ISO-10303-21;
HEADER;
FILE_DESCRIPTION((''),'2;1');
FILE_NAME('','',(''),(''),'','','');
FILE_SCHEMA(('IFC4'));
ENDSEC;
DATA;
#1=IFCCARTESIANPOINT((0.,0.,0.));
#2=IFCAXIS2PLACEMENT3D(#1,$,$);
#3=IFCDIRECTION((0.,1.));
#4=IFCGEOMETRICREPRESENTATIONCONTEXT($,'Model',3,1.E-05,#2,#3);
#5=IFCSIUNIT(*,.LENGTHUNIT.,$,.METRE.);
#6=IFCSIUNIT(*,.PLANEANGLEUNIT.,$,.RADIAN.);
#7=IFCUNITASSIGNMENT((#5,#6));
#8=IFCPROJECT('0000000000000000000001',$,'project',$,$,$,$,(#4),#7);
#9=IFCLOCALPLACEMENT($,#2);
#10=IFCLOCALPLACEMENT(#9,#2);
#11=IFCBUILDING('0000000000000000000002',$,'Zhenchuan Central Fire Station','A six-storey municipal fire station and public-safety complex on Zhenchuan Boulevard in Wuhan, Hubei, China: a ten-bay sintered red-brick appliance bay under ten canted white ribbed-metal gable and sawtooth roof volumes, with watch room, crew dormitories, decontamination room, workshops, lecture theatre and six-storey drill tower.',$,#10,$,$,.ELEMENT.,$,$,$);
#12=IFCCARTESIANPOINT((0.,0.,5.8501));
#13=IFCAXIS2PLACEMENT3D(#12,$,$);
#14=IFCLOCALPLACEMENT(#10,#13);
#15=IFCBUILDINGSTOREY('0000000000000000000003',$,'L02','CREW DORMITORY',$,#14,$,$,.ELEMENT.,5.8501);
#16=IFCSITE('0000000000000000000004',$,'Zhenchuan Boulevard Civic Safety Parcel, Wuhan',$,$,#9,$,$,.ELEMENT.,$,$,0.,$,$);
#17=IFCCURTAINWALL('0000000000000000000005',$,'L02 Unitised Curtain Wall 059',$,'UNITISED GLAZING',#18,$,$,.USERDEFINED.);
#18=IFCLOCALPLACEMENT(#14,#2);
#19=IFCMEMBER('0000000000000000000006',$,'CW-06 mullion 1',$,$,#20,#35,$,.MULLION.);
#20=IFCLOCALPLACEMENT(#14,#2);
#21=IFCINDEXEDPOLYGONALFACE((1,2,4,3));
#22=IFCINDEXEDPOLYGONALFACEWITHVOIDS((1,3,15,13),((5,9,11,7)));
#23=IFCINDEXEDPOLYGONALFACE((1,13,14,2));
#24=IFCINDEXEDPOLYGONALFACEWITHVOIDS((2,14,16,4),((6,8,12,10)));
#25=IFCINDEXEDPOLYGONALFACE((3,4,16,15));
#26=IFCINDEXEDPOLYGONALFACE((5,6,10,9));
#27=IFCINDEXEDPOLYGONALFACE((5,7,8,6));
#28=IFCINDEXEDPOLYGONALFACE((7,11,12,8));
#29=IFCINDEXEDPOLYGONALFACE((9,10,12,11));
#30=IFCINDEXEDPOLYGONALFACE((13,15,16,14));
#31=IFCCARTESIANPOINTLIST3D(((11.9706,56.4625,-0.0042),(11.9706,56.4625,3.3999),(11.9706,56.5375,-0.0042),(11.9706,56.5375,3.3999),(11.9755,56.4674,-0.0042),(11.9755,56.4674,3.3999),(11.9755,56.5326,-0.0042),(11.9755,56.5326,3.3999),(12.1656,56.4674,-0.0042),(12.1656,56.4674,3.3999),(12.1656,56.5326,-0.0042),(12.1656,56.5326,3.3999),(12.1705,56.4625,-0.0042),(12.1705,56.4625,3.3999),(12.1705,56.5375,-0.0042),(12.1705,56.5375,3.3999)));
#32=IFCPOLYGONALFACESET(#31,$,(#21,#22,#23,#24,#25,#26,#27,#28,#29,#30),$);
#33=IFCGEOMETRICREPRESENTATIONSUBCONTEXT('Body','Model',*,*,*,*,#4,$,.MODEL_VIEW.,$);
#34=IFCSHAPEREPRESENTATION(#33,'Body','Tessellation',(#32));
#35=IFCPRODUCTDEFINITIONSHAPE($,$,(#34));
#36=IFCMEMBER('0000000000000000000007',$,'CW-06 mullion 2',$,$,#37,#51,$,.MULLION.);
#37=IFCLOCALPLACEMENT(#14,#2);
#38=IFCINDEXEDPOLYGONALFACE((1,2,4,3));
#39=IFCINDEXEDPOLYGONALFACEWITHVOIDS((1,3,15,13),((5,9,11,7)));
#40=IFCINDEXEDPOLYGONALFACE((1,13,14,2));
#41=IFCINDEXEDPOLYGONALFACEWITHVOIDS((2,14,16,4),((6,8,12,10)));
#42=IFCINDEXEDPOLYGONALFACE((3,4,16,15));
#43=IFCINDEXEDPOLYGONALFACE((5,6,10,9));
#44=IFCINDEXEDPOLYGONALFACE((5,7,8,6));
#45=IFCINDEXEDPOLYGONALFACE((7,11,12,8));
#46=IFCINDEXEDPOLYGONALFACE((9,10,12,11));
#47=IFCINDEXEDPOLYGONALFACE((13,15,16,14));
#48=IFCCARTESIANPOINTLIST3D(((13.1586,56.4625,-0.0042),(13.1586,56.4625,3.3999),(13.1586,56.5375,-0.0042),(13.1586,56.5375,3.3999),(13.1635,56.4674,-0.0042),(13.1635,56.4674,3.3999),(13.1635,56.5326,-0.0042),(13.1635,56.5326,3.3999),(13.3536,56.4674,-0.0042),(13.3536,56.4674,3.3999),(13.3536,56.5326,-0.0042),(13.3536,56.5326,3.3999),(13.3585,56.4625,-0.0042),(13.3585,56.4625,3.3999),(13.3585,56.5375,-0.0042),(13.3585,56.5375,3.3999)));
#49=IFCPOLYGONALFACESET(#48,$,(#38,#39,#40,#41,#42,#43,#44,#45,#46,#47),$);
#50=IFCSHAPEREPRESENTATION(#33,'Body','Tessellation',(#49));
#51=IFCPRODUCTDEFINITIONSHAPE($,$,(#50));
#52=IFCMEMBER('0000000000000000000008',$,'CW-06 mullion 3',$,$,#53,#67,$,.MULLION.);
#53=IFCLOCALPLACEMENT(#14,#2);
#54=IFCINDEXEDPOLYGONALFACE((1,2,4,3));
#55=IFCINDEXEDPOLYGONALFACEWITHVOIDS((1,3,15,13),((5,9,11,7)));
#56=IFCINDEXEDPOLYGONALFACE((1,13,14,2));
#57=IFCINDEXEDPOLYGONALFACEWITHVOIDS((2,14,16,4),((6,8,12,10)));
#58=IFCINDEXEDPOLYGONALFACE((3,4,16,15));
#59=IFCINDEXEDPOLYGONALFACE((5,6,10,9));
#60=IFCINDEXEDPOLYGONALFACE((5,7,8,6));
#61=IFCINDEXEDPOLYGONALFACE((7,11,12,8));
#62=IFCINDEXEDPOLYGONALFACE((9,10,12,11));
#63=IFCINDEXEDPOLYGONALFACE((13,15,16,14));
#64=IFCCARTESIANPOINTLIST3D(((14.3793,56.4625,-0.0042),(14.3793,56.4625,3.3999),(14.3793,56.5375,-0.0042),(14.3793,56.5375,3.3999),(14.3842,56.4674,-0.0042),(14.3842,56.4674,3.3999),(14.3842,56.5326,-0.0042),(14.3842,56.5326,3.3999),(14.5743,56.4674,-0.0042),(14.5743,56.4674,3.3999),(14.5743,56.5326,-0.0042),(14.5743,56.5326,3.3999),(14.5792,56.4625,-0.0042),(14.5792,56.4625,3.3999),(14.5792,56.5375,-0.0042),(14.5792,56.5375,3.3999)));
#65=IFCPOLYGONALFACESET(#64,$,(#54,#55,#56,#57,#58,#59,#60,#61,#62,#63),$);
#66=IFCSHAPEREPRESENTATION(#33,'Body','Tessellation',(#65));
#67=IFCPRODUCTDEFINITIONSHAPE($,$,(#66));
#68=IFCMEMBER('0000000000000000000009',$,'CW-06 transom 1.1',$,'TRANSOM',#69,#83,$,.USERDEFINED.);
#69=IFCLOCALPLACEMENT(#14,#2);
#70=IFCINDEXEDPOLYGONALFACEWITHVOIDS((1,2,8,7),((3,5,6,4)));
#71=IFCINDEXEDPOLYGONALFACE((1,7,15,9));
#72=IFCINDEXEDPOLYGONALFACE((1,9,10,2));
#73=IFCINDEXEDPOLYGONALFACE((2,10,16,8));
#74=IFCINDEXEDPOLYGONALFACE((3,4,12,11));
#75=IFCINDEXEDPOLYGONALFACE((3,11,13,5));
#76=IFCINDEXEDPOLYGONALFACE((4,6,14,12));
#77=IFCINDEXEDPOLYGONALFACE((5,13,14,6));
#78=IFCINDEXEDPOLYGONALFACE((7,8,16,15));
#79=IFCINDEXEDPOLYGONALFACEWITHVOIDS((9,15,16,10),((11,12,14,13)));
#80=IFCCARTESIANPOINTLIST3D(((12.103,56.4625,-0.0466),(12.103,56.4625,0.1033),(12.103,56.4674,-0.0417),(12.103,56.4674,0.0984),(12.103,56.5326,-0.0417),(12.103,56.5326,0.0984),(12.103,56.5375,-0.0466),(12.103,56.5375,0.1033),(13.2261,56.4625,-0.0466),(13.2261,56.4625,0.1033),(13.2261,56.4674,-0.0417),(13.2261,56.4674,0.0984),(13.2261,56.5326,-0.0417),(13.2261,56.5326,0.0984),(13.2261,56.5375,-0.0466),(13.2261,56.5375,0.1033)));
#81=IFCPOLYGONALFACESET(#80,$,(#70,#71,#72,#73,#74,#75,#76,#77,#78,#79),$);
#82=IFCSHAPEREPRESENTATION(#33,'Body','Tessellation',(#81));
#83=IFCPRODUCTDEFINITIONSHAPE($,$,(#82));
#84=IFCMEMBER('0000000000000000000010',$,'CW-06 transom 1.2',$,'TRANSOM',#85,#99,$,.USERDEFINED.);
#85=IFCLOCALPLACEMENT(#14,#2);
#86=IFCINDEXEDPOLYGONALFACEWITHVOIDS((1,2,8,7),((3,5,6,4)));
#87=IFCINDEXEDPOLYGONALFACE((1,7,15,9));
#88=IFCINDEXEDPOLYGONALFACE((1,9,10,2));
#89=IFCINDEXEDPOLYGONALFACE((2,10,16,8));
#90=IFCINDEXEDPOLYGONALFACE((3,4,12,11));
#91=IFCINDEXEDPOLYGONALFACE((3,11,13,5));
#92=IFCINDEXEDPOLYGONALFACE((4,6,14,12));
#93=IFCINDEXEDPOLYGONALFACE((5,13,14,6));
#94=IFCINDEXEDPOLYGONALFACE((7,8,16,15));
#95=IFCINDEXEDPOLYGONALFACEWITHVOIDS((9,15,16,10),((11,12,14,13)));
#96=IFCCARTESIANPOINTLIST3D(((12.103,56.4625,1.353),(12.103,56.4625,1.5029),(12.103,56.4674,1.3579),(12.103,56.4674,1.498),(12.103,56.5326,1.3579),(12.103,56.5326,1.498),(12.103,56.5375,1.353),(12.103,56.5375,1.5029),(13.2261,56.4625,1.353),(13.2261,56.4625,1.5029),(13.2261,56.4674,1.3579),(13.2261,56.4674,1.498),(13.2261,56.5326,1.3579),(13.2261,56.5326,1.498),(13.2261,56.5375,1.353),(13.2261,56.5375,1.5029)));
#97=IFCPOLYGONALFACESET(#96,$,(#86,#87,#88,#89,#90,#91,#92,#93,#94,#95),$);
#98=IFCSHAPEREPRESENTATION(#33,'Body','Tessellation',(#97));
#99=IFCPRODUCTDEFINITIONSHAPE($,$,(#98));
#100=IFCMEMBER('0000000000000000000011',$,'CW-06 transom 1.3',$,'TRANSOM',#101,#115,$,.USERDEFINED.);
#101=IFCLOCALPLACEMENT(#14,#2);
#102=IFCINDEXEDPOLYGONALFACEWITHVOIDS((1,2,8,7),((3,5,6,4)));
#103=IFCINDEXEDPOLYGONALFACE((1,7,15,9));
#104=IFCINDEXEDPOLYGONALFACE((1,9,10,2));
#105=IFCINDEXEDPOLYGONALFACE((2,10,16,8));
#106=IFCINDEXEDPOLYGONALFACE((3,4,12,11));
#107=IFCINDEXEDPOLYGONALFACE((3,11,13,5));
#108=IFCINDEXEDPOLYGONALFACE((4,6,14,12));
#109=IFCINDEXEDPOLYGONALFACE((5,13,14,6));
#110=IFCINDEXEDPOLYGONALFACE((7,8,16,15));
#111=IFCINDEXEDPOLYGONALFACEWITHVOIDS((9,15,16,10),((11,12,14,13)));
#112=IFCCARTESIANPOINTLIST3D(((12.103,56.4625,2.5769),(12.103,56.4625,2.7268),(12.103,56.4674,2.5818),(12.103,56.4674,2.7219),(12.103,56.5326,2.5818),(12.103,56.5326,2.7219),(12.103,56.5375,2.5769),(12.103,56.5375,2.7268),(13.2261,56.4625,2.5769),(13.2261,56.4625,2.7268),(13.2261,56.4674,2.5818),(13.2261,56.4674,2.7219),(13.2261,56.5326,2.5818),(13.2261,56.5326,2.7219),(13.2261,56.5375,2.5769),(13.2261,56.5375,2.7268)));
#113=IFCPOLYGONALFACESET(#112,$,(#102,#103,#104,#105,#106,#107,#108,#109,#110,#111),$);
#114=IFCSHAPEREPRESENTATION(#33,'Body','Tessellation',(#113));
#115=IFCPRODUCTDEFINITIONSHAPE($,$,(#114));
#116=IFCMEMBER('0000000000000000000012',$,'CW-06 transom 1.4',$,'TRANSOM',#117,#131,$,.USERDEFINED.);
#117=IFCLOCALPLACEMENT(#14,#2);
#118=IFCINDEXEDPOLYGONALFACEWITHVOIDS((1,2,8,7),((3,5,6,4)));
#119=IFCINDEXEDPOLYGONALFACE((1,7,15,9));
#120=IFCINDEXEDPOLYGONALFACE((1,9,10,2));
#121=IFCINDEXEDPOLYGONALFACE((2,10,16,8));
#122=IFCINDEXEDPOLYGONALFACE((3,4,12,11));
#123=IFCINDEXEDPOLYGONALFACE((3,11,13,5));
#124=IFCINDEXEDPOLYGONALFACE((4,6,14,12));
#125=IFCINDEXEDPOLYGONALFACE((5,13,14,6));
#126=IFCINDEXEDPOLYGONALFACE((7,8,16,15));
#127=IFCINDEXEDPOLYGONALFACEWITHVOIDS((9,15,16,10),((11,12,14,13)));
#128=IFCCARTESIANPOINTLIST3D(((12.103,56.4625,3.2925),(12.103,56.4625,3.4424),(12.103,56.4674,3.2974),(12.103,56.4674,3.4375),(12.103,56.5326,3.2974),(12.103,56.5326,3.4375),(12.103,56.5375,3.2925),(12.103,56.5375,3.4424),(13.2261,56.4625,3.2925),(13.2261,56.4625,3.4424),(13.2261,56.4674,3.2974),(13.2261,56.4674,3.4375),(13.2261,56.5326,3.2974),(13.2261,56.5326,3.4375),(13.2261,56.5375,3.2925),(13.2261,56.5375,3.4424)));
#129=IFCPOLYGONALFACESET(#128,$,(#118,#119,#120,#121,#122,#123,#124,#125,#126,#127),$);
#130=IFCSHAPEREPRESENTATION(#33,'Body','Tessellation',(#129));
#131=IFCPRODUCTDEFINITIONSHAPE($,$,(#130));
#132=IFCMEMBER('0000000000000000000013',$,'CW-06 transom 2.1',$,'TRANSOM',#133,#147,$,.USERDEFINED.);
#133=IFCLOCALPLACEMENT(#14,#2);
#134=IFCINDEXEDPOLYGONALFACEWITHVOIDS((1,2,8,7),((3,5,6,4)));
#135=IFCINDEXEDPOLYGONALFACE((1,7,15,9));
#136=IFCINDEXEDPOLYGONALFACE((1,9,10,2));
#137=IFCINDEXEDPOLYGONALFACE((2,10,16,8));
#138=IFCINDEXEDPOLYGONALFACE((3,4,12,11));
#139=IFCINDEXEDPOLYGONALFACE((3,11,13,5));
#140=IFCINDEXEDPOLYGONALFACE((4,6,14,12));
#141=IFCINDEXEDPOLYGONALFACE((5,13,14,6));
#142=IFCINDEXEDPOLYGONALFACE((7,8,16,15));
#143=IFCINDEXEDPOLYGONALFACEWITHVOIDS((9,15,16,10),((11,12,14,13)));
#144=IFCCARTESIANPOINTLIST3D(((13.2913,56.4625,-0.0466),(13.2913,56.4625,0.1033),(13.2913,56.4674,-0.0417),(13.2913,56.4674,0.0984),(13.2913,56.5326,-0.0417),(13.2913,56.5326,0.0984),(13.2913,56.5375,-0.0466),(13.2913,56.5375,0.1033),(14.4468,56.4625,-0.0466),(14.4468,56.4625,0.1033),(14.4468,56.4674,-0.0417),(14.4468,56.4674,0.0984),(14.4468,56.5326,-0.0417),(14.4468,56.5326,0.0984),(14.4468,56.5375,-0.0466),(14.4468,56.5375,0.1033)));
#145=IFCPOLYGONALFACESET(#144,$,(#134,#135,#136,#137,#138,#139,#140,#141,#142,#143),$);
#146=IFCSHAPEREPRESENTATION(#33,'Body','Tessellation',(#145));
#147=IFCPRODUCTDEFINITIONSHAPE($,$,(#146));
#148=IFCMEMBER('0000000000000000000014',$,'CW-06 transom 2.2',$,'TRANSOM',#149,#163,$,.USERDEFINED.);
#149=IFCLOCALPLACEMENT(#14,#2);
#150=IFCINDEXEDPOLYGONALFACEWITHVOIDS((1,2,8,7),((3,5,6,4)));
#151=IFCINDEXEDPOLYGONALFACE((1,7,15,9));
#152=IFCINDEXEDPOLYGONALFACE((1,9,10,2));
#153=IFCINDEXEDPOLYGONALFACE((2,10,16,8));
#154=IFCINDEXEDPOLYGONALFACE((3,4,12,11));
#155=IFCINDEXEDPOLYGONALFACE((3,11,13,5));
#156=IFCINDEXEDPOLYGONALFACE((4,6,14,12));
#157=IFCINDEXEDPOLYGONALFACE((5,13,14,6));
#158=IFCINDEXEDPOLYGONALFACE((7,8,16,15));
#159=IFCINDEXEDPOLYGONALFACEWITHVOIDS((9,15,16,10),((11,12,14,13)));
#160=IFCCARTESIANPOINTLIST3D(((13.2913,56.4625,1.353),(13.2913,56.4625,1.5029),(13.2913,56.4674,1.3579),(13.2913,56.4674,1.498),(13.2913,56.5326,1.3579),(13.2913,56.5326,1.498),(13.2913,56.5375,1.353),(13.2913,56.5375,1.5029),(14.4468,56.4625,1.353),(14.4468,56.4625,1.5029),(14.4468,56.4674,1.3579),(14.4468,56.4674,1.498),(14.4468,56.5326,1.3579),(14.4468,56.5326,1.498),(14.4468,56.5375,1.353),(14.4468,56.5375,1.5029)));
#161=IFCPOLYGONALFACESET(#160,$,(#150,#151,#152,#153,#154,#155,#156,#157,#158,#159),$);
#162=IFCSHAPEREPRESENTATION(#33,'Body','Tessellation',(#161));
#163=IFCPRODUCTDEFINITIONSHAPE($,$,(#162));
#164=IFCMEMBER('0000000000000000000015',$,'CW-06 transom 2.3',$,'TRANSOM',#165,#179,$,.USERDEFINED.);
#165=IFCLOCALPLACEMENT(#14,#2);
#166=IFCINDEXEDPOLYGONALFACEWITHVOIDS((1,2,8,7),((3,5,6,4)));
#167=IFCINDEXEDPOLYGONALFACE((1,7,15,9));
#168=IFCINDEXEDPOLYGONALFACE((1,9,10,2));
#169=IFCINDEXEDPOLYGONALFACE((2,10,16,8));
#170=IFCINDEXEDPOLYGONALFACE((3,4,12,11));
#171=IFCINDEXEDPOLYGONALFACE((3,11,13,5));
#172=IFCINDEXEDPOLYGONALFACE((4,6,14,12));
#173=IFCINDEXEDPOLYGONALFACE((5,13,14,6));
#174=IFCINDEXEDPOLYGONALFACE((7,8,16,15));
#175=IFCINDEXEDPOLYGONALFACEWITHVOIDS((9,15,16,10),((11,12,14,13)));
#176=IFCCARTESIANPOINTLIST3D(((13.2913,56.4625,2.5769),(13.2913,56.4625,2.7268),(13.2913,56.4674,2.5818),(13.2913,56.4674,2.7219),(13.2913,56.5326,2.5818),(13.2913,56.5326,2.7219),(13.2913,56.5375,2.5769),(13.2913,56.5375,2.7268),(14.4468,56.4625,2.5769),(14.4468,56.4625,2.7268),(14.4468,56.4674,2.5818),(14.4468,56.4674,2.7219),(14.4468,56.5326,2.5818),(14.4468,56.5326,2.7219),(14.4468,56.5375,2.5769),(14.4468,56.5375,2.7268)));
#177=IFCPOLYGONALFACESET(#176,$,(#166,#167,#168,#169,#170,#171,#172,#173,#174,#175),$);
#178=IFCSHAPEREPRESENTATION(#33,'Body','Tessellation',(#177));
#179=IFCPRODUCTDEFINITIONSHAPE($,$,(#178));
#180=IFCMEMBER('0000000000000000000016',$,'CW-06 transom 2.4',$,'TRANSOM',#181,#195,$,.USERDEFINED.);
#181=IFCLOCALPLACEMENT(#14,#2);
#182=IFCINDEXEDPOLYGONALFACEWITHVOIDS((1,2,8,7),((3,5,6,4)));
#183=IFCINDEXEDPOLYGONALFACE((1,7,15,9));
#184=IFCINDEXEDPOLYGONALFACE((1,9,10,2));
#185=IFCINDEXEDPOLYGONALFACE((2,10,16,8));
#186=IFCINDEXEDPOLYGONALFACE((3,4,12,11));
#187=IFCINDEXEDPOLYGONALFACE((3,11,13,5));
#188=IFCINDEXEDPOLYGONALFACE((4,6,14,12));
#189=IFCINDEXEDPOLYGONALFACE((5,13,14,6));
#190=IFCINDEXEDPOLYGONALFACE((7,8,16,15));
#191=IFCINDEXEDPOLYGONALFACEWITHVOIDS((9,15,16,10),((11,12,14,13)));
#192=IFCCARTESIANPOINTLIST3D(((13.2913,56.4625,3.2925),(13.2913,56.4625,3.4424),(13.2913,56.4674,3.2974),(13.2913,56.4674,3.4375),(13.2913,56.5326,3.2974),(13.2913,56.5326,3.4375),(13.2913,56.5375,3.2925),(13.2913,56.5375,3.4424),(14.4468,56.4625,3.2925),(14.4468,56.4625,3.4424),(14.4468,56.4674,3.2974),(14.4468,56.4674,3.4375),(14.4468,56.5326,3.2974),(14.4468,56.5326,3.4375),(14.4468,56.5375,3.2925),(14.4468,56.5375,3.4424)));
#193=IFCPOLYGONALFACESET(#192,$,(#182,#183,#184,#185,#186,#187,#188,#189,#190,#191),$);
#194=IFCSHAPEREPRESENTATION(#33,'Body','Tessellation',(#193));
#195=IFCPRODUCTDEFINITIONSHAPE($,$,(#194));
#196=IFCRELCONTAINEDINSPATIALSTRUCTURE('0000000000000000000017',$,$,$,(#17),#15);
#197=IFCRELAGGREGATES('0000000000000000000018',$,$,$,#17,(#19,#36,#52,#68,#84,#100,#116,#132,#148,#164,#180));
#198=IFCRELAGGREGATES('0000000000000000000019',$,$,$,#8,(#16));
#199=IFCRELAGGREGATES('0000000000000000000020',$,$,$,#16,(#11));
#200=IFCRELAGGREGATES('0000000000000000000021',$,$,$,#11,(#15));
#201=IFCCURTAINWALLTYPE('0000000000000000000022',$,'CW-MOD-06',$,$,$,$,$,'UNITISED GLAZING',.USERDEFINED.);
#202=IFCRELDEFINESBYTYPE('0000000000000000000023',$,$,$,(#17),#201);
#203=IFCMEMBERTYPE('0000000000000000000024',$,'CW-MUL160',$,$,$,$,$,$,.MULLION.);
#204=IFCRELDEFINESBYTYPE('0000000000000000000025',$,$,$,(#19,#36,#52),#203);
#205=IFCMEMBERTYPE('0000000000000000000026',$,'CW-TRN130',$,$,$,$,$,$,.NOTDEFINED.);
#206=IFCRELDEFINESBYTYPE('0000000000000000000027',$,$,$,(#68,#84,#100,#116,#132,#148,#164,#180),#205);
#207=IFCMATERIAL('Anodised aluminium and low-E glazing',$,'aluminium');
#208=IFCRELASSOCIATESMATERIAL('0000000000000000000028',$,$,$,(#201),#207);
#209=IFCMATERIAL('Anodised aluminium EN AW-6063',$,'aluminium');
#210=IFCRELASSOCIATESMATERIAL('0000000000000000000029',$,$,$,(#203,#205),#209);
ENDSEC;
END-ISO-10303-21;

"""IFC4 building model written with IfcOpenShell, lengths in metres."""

from ifc_helpers import new_model, si_unit, direction, frame, origin, origin_2d, place, context, subcontext, project, spatial, hollow_rectangle, extrude, material, material_profile, profile_set, type_object, element, aggregate, save


model = new_model("IFC4")

# Units and contexts
model_context = context("Model", 3, precision=1e-05, world=origin(), true_north=direction((0.0, 1.0)))
body_context = subcontext(model_context, "Body", "Model", "MODEL_VIEW")
ifc_project = project(units=[si_unit("LENGTHUNIT", "METRE"), si_unit("PLANEANGLEUNIT", "RADIAN")], contexts=[model_context])

# Site, building, storey
site_placement = place(None, origin())
site = spatial("IfcSite", under=ifc_project, at=site_placement, Name="Zhenchuan Boulevard Civic Safety Parcel, Wuhan", CompositionType="ELEMENT", RefElevation=0.0)
building_placement = place(site_placement, origin())
building = spatial("IfcBuilding", under=site, at=building_placement, Name="Zhenchuan Central Fire Station", Description="A six-storey municipal fire station and public-safety complex on Zhenchuan Boulevard in Wuhan, Hubei, China: a ten-bay sintered red-brick appliance bay under ten canted white ribbed-metal gable and sawtooth roof volumes, with watch room, crew dormitories, decontamination room, workshops, lecture theatre and six-storey drill tower.", CompositionType="ELEMENT")
storey_placement = place(building_placement, frame((0.0, 0.0, 5.8501)))
storey = spatial("IfcBuildingStorey", under=building, at=storey_placement, Name="L02", Description="CREW DORMITORY", CompositionType="ELEMENT", Elevation=5.8501)

# Curtain wall, members
ifc_material_1 = material(Name="Anodised aluminium and low-E glazing", Category="aluminium")
curtain_wall_type = type_object("IfcCurtainWallType", Name="CW-MOD-06", ElementType="UNITISED GLAZING", PredefinedType="USERDEFINED", material=ifc_material_1)
curtain_wall_placement = place(storey_placement, origin())
curtain_wall = element("IfcCurtainWall", 1, at=curtain_wall_placement, inside=storey, type_object=curtain_wall_type, Name="L02 Unitised Curtain Wall 059", ObjectType="UNITISED GLAZING", PredefinedType="USERDEFINED")
ifc_material_2 = material(Name="Anodised aluminium EN AW-6063", Category="aluminium")
ifc_material_profile_1 = material_profile(ifc_material_2, hollow_rectangle(XDim=0.075, YDim=0.2, WallThickness=0.0049, at=origin_2d()), Name="ALU-M 200x75")
ifc_profile_set_1 = profile_set([ifc_material_profile_1], Name="Anodised aluminium EN AW-6063")
member_type_1 = type_object("IfcMemberType", Name="CW-MUL160", PredefinedType="MULLION", material=ifc_profile_set_1)
member_1_placement = place(storey_placement, frame((12.0706, 56.5, -0.0042), z_axis=(0.0, 0.0, 1.0), x_axis=(0.0, 1.0, 0.0)))
member_1 = element("IfcMember", 2, at=member_1_placement, type_object=member_type_1, Name="CW-06 mullion 1", PredefinedType="MULLION", context=body_context, shape_type="SweptSolid", body=[
    extrude(hollow_rectangle(XDim=0.075, YDim=0.2, WallThickness=0.0049, at=origin_2d()), origin(), (0.0, 0.0, 1.0), 3.4041),
])
member_2_placement = place(storey_placement, frame((13.2585, 56.5, -0.0042), z_axis=(0.0, 0.0, 1.0), x_axis=(0.0, 1.0, 0.0)))
member_2 = element("IfcMember", 3, at=member_2_placement, type_object=member_type_1, Name="CW-06 mullion 2", PredefinedType="MULLION", context=body_context, shape_type="SweptSolid", body=[
    extrude(hollow_rectangle(XDim=0.075, YDim=0.2, WallThickness=0.0049, at=origin_2d()), origin(), (0.0, 0.0, 1.0), 3.4041),
])
member_3_placement = place(storey_placement, frame((14.4792, 56.5, -0.0042), z_axis=(0.0, 0.0, 1.0), x_axis=(0.0, 1.0, 0.0)))
member_3 = element("IfcMember", 4, at=member_3_placement, type_object=member_type_1, Name="CW-06 mullion 3", PredefinedType="MULLION", context=body_context, shape_type="SweptSolid", body=[
    extrude(hollow_rectangle(XDim=0.075, YDim=0.2, WallThickness=0.0049, at=origin_2d()), origin(), (0.0, 0.0, 1.0), 3.4041),
])
ifc_material_profile_2 = material_profile(ifc_material_2, hollow_rectangle(XDim=0.075, YDim=0.1499, WallThickness=0.0049, at=origin_2d()), Name="ALU-T 150x75")
ifc_profile_set_2 = profile_set([ifc_material_profile_2], Name="Anodised aluminium EN AW-6063")
member_type_2 = type_object("IfcMemberType", Name="CW-TRN130", PredefinedType="NOTDEFINED", material=ifc_profile_set_2)
member_4_placement = place(storey_placement, frame((12.103, 56.5, 0.0283), z_axis=(1.0, 0.0, 0.0), x_axis=(0.0, 1.0, 0.0)))
member_4 = element("IfcMember", 5, at=member_4_placement, type_object=member_type_2, Name="CW-06 transom 1.1", ObjectType="TRANSOM", PredefinedType="USERDEFINED", context=body_context, shape_type="SweptSolid", body=[
    extrude(hollow_rectangle(XDim=0.075, YDim=0.1499, WallThickness=0.0049, at=origin_2d()), origin(), (0.0, 0.0, 1.0), 1.123),
])
member_5_placement = place(storey_placement, frame((12.103, 56.5, 1.428), z_axis=(1.0, 0.0, 0.0), x_axis=(0.0, 1.0, 0.0)))
member_5 = element("IfcMember", 6, at=member_5_placement, type_object=member_type_2, Name="CW-06 transom 1.2", ObjectType="TRANSOM", PredefinedType="USERDEFINED", context=body_context, shape_type="SweptSolid", body=[
    extrude(hollow_rectangle(XDim=0.075, YDim=0.1499, WallThickness=0.0049, at=origin_2d()), origin(), (0.0, 0.0, 1.0), 1.123),
])
member_6_placement = place(storey_placement, frame((12.103, 56.5, 2.6519), z_axis=(1.0, 0.0, 0.0), x_axis=(0.0, 1.0, 0.0)))
member_6 = element("IfcMember", 7, at=member_6_placement, type_object=member_type_2, Name="CW-06 transom 1.3", ObjectType="TRANSOM", PredefinedType="USERDEFINED", context=body_context, shape_type="SweptSolid", body=[
    extrude(hollow_rectangle(XDim=0.075, YDim=0.1499, WallThickness=0.0049, at=origin_2d()), origin(), (0.0, 0.0, 1.0), 1.123),
])
member_7_placement = place(storey_placement, frame((12.103, 56.5, 3.3674), z_axis=(1.0, 0.0, 0.0), x_axis=(0.0, 1.0, 0.0)))
member_7 = element("IfcMember", 8, at=member_7_placement, type_object=member_type_2, Name="CW-06 transom 1.4", ObjectType="TRANSOM", PredefinedType="USERDEFINED", context=body_context, shape_type="SweptSolid", body=[
    extrude(hollow_rectangle(XDim=0.075, YDim=0.1499, WallThickness=0.0049, at=origin_2d()), origin(), (0.0, 0.0, 1.0), 1.123),
])
member_8_placement = place(storey_placement, frame((13.2913, 56.5, 0.0283), z_axis=(1.0, 0.0, 0.0), x_axis=(0.0, 1.0, 0.0)))
member_8 = element("IfcMember", 9, at=member_8_placement, type_object=member_type_2, Name="CW-06 transom 2.1", ObjectType="TRANSOM", PredefinedType="USERDEFINED", context=body_context, shape_type="SweptSolid", body=[
    extrude(hollow_rectangle(XDim=0.075, YDim=0.1499, WallThickness=0.0049, at=origin_2d()), origin(), (0.0, 0.0, 1.0), 1.1555),
])
member_9_placement = place(storey_placement, frame((13.2913, 56.5, 1.428), z_axis=(1.0, 0.0, 0.0), x_axis=(0.0, 1.0, 0.0)))
member_9 = element("IfcMember", 10, at=member_9_placement, type_object=member_type_2, Name="CW-06 transom 2.2", ObjectType="TRANSOM", PredefinedType="USERDEFINED", context=body_context, shape_type="SweptSolid", body=[
    extrude(hollow_rectangle(XDim=0.075, YDim=0.1499, WallThickness=0.0049, at=origin_2d()), origin(), (0.0, 0.0, 1.0), 1.1555),
])
member_10_placement = place(storey_placement, frame((13.2913, 56.5, 2.6519), z_axis=(1.0, 0.0, 0.0), x_axis=(0.0, 1.0, 0.0)))
member_10 = element("IfcMember", 11, at=member_10_placement, type_object=member_type_2, Name="CW-06 transom 2.3", ObjectType="TRANSOM", PredefinedType="USERDEFINED", context=body_context, shape_type="SweptSolid", body=[
    extrude(hollow_rectangle(XDim=0.075, YDim=0.1499, WallThickness=0.0049, at=origin_2d()), origin(), (0.0, 0.0, 1.0), 1.1555),
])
member_11_placement = place(storey_placement, frame((13.2913, 56.5, 3.3674), z_axis=(1.0, 0.0, 0.0), x_axis=(0.0, 1.0, 0.0)))
member_11 = element("IfcMember", 12, at=member_11_placement, type_object=member_type_2, Name="CW-06 transom 2.4", ObjectType="TRANSOM", PredefinedType="USERDEFINED", context=body_context, shape_type="SweptSolid", body=[
    extrude(hollow_rectangle(XDim=0.075, YDim=0.1499, WallThickness=0.0049, at=origin_2d()), origin(), (0.0, 0.0, 1.0), 1.1555),
])
aggregate(curtain_wall, [member_1, member_2, member_3, member_4, member_5, member_6, member_7, member_8, member_9, member_10, member_11])

save(model, "model.ifc")
